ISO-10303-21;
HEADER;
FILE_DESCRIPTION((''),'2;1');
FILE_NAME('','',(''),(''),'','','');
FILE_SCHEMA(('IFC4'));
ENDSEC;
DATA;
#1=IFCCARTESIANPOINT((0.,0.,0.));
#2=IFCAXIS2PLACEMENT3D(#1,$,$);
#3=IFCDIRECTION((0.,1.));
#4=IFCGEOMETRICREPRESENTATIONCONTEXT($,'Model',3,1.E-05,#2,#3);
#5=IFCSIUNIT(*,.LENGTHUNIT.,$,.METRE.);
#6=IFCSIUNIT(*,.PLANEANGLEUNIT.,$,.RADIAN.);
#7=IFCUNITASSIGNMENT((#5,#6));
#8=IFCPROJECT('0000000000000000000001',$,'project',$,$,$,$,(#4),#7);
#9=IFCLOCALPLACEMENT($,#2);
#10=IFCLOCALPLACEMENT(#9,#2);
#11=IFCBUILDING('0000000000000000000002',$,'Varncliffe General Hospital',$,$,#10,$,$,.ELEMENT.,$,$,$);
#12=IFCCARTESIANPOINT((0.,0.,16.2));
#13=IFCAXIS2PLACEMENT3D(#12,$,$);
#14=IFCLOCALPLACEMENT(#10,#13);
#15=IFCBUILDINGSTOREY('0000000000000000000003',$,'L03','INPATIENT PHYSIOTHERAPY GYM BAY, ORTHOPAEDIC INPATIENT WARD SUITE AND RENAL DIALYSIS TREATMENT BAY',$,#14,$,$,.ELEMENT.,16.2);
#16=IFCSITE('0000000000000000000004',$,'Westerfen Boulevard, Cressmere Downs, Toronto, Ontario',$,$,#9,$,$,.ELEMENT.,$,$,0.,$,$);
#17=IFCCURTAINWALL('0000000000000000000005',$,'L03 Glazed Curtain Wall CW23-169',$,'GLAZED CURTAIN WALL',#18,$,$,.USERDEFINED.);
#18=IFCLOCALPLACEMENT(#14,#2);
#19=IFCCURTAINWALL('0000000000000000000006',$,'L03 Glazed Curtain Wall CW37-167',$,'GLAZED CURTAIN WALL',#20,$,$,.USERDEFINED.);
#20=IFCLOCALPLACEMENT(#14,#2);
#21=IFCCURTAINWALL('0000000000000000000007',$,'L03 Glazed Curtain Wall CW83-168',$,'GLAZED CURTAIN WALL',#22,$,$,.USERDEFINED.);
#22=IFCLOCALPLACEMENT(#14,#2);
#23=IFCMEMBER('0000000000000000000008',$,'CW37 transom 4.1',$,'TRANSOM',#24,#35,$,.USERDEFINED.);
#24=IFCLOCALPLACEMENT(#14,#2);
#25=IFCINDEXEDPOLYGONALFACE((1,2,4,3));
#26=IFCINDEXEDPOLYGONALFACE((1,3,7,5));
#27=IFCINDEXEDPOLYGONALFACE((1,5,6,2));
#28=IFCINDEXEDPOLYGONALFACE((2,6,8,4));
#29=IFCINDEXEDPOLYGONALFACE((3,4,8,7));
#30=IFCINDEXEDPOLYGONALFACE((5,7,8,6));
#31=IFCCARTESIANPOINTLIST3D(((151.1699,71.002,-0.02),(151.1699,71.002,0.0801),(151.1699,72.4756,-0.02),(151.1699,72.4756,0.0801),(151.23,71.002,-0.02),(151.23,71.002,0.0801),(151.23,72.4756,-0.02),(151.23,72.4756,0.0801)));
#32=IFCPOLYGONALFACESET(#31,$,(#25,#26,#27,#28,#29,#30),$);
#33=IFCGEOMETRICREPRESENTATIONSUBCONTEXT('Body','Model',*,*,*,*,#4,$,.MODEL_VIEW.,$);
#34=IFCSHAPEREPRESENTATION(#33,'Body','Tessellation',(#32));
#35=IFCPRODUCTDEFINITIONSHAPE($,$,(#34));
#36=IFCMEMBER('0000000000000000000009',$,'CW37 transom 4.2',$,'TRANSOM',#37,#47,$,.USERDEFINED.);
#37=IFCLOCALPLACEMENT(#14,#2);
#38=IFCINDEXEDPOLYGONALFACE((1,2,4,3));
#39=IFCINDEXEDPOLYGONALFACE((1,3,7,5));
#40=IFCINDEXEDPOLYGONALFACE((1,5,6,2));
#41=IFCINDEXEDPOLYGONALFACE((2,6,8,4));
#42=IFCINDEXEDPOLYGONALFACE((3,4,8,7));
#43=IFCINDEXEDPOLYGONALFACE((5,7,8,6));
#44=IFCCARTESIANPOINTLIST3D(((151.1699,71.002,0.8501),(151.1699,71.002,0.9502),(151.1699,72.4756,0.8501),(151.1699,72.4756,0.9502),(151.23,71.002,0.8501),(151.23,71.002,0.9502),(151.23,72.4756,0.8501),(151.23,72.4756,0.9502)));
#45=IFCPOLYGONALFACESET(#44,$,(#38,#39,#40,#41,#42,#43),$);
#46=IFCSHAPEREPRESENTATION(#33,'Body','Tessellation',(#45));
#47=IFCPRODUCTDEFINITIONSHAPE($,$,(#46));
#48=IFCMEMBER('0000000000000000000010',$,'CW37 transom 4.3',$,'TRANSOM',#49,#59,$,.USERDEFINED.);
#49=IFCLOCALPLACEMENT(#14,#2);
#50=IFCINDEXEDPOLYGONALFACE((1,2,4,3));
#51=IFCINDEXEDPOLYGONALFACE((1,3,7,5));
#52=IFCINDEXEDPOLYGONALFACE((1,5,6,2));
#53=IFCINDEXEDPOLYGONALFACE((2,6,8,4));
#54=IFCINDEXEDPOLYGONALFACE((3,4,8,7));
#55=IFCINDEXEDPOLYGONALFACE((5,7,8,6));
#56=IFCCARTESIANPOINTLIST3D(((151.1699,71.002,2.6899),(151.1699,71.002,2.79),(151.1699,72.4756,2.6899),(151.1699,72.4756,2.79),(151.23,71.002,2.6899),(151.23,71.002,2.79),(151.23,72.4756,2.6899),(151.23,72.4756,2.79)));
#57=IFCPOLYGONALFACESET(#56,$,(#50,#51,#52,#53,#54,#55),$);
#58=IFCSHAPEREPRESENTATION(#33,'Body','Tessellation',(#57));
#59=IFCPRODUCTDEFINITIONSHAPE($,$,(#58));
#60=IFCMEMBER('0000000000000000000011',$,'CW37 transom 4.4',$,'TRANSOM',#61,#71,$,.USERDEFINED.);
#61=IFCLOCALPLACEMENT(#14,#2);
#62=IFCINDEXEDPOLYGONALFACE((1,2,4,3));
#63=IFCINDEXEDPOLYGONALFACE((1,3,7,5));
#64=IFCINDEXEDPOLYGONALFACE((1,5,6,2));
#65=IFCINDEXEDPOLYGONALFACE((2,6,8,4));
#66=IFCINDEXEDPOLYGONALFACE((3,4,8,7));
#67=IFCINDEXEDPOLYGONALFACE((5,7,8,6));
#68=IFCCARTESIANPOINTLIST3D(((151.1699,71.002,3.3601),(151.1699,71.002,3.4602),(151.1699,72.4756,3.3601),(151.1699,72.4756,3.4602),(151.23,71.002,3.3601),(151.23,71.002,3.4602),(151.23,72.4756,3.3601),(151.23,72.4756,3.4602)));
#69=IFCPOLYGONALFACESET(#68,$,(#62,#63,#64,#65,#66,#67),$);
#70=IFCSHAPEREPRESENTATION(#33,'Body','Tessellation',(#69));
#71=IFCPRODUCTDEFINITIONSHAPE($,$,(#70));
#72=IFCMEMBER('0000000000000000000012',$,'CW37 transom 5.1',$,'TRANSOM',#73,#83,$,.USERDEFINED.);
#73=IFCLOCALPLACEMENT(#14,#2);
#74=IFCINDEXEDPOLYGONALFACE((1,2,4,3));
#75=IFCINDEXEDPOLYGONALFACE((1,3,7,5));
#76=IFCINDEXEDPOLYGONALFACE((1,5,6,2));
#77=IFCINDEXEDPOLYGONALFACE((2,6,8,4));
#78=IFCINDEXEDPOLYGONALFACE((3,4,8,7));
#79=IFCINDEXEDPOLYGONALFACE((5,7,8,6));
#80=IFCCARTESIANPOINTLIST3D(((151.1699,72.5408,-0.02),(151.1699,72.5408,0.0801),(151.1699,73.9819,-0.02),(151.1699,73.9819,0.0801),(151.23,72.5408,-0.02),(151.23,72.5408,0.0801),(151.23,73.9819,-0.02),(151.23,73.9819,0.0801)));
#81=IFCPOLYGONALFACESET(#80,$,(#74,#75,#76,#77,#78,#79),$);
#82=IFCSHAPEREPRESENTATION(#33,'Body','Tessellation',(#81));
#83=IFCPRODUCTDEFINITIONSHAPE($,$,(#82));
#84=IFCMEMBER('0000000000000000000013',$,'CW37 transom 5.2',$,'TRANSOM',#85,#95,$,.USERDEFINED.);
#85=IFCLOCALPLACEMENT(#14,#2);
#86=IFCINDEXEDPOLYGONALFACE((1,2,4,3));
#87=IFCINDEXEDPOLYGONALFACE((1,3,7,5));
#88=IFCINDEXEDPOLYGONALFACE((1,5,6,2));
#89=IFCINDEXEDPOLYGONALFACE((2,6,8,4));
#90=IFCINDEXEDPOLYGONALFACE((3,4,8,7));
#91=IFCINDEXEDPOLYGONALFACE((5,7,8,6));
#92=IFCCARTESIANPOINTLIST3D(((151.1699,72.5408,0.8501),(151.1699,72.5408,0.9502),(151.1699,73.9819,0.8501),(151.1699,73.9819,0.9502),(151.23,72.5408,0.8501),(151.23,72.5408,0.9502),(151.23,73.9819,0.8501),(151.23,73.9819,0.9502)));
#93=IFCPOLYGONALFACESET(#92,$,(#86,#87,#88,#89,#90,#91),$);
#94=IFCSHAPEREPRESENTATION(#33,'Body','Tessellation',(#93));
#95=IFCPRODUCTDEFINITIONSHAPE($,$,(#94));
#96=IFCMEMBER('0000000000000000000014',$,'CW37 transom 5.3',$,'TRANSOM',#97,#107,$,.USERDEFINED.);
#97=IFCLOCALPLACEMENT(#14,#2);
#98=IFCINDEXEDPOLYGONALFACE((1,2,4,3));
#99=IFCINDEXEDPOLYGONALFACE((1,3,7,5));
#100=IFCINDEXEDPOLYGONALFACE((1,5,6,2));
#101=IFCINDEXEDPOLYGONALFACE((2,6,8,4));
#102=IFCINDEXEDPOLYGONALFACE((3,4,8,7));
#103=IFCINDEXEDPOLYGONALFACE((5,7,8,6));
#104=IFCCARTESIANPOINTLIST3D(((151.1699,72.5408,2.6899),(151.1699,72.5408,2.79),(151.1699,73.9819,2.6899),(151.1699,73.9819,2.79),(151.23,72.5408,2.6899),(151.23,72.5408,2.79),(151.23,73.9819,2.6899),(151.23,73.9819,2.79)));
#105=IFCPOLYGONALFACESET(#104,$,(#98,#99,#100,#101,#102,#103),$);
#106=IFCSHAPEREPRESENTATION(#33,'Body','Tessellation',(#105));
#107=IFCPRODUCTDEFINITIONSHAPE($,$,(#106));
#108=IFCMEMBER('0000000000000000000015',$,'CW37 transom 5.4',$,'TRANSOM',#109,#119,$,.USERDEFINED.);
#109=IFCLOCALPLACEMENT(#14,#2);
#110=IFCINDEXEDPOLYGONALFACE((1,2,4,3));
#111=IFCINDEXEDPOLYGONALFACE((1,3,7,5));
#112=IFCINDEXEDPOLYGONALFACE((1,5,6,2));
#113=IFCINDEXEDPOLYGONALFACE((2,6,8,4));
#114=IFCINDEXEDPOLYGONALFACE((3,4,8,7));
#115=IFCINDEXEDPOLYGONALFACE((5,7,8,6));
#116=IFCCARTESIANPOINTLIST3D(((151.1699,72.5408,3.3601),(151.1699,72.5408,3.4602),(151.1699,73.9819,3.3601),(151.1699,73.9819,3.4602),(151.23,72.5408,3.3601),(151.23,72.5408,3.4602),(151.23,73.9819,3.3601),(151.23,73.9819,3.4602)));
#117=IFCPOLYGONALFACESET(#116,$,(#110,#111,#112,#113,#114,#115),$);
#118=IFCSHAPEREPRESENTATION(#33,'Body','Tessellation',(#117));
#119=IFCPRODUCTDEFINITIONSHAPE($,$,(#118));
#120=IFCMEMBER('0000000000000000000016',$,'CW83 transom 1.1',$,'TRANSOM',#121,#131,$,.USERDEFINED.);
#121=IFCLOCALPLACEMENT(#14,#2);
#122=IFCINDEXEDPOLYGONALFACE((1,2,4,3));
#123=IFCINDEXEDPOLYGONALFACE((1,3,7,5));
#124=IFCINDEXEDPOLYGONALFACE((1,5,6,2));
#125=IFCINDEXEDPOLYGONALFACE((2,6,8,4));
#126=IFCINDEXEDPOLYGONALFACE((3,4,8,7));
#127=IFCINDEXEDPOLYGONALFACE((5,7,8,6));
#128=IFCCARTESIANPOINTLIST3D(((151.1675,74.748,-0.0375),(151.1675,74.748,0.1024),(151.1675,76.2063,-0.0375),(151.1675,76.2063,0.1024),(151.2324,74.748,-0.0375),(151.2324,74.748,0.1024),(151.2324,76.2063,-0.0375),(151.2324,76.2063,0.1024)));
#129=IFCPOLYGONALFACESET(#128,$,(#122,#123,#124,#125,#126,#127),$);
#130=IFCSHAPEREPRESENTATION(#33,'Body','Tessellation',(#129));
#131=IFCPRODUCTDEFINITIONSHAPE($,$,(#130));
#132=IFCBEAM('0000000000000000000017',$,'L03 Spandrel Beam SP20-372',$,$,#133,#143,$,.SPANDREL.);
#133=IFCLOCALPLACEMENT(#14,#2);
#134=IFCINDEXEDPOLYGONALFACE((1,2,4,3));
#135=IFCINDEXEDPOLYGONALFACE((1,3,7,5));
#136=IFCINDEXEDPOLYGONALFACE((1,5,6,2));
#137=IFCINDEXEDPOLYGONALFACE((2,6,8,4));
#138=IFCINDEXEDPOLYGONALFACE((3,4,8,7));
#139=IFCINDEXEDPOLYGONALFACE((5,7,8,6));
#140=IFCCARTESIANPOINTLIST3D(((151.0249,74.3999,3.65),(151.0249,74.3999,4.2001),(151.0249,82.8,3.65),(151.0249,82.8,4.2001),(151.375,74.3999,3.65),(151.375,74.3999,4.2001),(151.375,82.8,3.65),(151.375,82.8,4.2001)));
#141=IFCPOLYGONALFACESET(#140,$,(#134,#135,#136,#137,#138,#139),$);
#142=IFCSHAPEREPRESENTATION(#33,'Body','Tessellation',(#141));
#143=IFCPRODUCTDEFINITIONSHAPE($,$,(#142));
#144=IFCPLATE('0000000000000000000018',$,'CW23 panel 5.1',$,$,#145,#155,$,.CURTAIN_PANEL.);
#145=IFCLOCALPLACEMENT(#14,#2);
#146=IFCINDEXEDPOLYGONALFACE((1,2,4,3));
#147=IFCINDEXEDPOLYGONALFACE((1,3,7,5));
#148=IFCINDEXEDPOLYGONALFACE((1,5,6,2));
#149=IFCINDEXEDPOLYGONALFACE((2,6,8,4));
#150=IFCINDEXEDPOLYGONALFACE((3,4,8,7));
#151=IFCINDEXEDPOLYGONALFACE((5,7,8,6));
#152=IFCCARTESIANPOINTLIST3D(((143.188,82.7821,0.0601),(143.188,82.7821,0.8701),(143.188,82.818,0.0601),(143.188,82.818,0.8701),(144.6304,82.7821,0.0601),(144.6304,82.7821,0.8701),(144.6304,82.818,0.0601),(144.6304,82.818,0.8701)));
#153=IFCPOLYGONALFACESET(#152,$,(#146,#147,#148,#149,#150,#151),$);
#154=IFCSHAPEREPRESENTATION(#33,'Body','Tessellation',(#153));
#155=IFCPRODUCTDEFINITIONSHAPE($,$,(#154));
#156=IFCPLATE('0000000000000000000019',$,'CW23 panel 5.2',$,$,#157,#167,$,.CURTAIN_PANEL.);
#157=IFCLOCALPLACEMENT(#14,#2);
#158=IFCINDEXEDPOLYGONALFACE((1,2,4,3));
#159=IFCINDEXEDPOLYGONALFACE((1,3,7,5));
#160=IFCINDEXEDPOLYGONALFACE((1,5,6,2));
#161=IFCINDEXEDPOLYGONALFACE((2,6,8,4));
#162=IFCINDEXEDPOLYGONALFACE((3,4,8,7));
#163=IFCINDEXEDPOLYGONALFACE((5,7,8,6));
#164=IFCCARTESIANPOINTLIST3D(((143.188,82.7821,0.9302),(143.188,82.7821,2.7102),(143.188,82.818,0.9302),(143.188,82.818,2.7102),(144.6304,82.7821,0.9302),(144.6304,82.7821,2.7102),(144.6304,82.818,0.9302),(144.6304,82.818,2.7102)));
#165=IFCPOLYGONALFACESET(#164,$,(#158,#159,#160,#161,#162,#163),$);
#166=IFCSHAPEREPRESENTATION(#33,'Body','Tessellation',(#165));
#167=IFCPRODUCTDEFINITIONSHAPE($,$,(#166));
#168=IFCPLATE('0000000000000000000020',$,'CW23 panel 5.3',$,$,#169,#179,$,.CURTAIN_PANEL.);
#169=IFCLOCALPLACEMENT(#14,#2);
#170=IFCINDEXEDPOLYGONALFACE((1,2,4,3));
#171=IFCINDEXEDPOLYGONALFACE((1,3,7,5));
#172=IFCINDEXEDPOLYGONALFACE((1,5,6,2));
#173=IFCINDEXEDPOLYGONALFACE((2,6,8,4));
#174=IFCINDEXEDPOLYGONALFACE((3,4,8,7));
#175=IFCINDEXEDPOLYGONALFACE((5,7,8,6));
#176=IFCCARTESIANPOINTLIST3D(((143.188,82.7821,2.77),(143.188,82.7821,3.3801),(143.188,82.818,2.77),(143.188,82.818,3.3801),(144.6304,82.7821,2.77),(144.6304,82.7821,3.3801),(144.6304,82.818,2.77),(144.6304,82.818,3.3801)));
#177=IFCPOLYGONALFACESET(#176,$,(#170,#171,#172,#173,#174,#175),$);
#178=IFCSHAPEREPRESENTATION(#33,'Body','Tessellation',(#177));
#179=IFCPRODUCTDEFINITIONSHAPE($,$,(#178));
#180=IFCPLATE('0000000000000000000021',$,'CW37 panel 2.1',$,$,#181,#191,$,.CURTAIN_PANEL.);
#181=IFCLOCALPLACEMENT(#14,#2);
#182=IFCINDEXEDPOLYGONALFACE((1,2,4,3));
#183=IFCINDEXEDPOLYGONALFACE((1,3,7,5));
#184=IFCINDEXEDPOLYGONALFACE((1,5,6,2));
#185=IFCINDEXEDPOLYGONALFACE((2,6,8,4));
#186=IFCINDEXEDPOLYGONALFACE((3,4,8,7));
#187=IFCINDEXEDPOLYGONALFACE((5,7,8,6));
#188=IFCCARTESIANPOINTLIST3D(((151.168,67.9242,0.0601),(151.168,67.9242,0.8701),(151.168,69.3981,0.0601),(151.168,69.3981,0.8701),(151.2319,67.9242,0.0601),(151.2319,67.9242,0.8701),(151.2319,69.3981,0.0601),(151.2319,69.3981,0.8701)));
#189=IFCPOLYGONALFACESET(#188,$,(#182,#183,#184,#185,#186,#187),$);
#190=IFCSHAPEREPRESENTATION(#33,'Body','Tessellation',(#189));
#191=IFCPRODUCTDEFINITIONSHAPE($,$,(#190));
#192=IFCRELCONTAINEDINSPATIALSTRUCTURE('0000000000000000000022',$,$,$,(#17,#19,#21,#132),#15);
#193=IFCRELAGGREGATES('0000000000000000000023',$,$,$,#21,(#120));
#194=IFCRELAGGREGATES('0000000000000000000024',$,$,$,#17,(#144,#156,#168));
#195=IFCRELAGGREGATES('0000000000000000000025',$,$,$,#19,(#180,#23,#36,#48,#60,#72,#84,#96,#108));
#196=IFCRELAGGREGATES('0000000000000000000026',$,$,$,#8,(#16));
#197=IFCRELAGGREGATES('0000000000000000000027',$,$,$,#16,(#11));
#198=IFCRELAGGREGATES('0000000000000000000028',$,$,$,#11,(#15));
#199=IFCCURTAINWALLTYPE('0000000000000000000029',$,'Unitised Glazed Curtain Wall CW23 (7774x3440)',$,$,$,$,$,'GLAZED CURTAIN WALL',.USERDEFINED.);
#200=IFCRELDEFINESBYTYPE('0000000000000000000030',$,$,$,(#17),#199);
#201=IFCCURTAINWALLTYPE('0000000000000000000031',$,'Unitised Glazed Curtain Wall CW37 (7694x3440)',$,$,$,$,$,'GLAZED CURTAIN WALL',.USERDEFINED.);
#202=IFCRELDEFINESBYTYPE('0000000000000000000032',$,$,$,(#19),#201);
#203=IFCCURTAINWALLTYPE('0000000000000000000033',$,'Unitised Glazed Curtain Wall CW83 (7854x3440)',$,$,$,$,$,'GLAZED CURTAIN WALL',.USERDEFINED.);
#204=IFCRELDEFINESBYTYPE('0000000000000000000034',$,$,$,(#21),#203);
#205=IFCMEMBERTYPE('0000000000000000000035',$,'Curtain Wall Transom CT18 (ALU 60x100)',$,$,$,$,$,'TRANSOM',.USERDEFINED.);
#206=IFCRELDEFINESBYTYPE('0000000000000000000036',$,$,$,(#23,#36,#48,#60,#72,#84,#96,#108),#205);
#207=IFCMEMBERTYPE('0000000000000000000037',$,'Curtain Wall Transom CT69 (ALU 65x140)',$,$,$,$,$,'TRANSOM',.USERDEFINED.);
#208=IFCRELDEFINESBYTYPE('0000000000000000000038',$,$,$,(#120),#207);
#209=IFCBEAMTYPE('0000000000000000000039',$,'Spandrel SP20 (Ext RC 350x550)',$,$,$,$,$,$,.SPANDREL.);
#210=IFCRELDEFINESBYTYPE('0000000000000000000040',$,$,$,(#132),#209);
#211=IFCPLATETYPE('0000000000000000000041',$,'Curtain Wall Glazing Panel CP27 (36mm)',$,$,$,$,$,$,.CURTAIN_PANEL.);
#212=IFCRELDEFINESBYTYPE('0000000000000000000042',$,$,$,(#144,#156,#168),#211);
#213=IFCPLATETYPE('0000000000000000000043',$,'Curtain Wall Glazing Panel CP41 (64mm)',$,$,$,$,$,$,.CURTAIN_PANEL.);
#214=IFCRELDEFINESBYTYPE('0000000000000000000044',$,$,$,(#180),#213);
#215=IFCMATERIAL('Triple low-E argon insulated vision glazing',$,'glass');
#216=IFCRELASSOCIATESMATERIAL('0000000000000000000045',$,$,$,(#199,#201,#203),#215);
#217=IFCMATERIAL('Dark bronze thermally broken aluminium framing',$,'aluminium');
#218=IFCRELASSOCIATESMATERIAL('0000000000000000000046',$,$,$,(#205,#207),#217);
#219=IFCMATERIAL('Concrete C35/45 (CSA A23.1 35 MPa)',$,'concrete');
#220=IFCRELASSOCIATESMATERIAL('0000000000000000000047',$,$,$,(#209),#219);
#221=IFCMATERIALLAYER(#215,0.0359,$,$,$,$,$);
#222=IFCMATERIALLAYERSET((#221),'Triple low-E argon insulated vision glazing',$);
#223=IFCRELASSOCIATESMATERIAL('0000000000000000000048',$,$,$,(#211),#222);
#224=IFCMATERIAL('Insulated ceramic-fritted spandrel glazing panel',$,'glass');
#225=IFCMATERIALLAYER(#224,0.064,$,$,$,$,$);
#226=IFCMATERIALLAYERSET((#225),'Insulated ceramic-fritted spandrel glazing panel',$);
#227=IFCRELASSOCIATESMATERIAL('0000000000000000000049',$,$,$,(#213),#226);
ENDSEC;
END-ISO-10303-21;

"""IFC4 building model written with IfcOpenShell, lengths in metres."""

from ifc_helpers import new_model, si_unit, direction, frame, origin, origin_2d, place, context, subcontext, project, spatial, rectangle, extrude, material, layer, layer_set, material_profile, profile_set, type_object, element, aggregate, save


model = new_model("IFC4")

# Units and contexts
model_context = context("Model", 3, precision=1e-05, world=origin(), true_north=direction((0.0, 1.0)))
body_context = subcontext(model_context, "Body", "Model", "MODEL_VIEW")
ifc_project = project(units=[si_unit("LENGTHUNIT", "METRE"), si_unit("PLANEANGLEUNIT", "RADIAN")], contexts=[model_context])

# Site, building, storey
site_placement = place(None, origin())
site = spatial("IfcSite", under=ifc_project, at=site_placement, Name="Westerfen Boulevard, Cressmere Downs, Toronto, Ontario", CompositionType="ELEMENT", RefElevation=0.0)
building_placement = place(site_placement, origin())
building = spatial("IfcBuilding", under=site, at=building_placement, Name="Varncliffe General Hospital", CompositionType="ELEMENT")
storey_placement = place(building_placement, frame((0.0, 0.0, 16.2)))
storey = spatial("IfcBuildingStorey", under=building, at=storey_placement, Name="L03", Description="INPATIENT PHYSIOTHERAPY GYM BAY, ORTHOPAEDIC INPATIENT WARD SUITE AND RENAL DIALYSIS TREATMENT BAY", CompositionType="ELEMENT", Elevation=16.2)

# Shared definitions
ifc_material_1 = material(Name="Concrete C35/45 (CSA A23.1 35 MPa)", Category="concrete")

# Curtain wall
ifc_material_2 = material(Name="Triple low-E argon insulated vision glazing", Category="glass")
curtain_wall_type_1 = type_object("IfcCurtainWallType", Name="Unitised Glazed Curtain Wall CW23 (7774x3440)", ElementType="GLAZED CURTAIN WALL", PredefinedType="USERDEFINED", material=ifc_material_2)
curtain_wall_1_placement = place(storey_placement, origin())
curtain_wall_1 = element("IfcCurtainWall", 1, at=curtain_wall_1_placement, inside=storey, type_object=curtain_wall_type_1, Name="L03 Glazed Curtain Wall CW23-169", ObjectType="GLAZED CURTAIN WALL", PredefinedType="USERDEFINED")
ifc_material_3 = material(Name="Dark bronze thermally broken aluminium framing", Category="aluminium")

# Curtain wall
curtain_wall_type_2 = type_object("IfcCurtainWallType", Name="Unitised Glazed Curtain Wall CW37 (7694x3440)", ElementType="GLAZED CURTAIN WALL", PredefinedType="USERDEFINED", material=ifc_material_2)
curtain_wall_2_placement = place(storey_placement, origin())
curtain_wall_2 = element("IfcCurtainWall", 2, at=curtain_wall_2_placement, inside=storey, type_object=curtain_wall_type_2, Name="L03 Glazed Curtain Wall CW37-167", ObjectType="GLAZED CURTAIN WALL", PredefinedType="USERDEFINED")

# Curtain wall
curtain_wall_type_3 = type_object("IfcCurtainWallType", Name="Unitised Glazed Curtain Wall CW83 (7854x3440)", ElementType="GLAZED CURTAIN WALL", PredefinedType="USERDEFINED", material=ifc_material_2)
curtain_wall_3_placement = place(storey_placement, origin())
curtain_wall_3 = element("IfcCurtainWall", 3, at=curtain_wall_3_placement, inside=storey, type_object=curtain_wall_type_3, Name="L03 Glazed Curtain Wall CW83-168", ObjectType="GLAZED CURTAIN WALL", PredefinedType="USERDEFINED")

# Members
ifc_material_profile_1 = material_profile(ifc_material_3, rectangle(XDim=0.0601, YDim=0.1001, at=origin_2d()), Name="ALU 60x100")
ifc_profile_set_1 = profile_set([ifc_material_profile_1], Name="Dark bronze thermally broken aluminium framing")
member_type_1 = type_object("IfcMemberType", Name="Curtain Wall Transom CT18 (ALU 60x100)", ElementType="TRANSOM", PredefinedType="USERDEFINED", material=ifc_profile_set_1)
member_1_placement = place(storey_placement, frame((151.2, 71.002, 0.03), z_axis=(0.0, 1.0, 0.0), x_axis=(-1.0, 0.0, 0.0)))
member_1 = element("IfcMember", 4, at=member_1_placement, type_object=member_type_1, Name="CW37 transom 4.1", ObjectType="TRANSOM", PredefinedType="USERDEFINED", context=body_context, shape_type="SweptSolid", body=[
    extrude(rectangle(XDim=0.0601, YDim=0.1001, at=origin_2d()), origin(), (0.0, 0.0, 1.0), 1.4736),
])
member_2_placement = place(storey_placement, frame((151.2, 71.002, 0.9001), z_axis=(0.0, 1.0, 0.0), x_axis=(-1.0, 0.0, 0.0)))
member_2 = element("IfcMember", 5, at=member_2_placement, type_object=member_type_1, Name="CW37 transom 4.2", ObjectType="TRANSOM", PredefinedType="USERDEFINED", context=body_context, shape_type="SweptSolid", body=[
    extrude(rectangle(XDim=0.0601, YDim=0.1001, at=origin_2d()), origin(), (0.0, 0.0, 1.0), 1.4736),
])
member_3_placement = place(storey_placement, frame((151.2, 71.002, 2.74), z_axis=(0.0, 1.0, 0.0), x_axis=(-1.0, 0.0, 0.0)))
member_3 = element("IfcMember", 6, at=member_3_placement, type_object=member_type_1, Name="CW37 transom 4.3", ObjectType="TRANSOM", PredefinedType="USERDEFINED", context=body_context, shape_type="SweptSolid", body=[
    extrude(rectangle(XDim=0.0601, YDim=0.1001, at=origin_2d()), origin(), (0.0, 0.0, 1.0), 1.4736),
])
member_4_placement = place(storey_placement, frame((151.2, 71.002, 3.4102), z_axis=(0.0, 1.0, 0.0), x_axis=(-1.0, 0.0, 0.0)))
member_4 = element("IfcMember", 7, at=member_4_placement, type_object=member_type_1, Name="CW37 transom 4.4", ObjectType="TRANSOM", PredefinedType="USERDEFINED", context=body_context, shape_type="SweptSolid", body=[
    extrude(rectangle(XDim=0.0601, YDim=0.1001, at=origin_2d()), origin(), (0.0, 0.0, 1.0), 1.4736),
])
member_5_placement = place(storey_placement, frame((151.2, 72.5408, 0.03), z_axis=(0.0, 1.0, 0.0), x_axis=(-1.0, 0.0, 0.0)))
member_5 = element("IfcMember", 8, at=member_5_placement, type_object=member_type_1, Name="CW37 transom 5.1", ObjectType="TRANSOM", PredefinedType="USERDEFINED", context=body_context, shape_type="SweptSolid", body=[
    extrude(rectangle(XDim=0.0601, YDim=0.1001, at=origin_2d()), origin(), (0.0, 0.0, 1.0), 1.4412),
])
member_6_placement = place(storey_placement, frame((151.2, 72.5408, 0.9001), z_axis=(0.0, 1.0, 0.0), x_axis=(-1.0, 0.0, 0.0)))
member_6 = element("IfcMember", 9, at=member_6_placement, type_object=member_type_1, Name="CW37 transom 5.2", ObjectType="TRANSOM", PredefinedType="USERDEFINED", context=body_context, shape_type="SweptSolid", body=[
    extrude(rectangle(XDim=0.0601, YDim=0.1001, at=origin_2d()), origin(), (0.0, 0.0, 1.0), 1.4412),
])
member_7_placement = place(storey_placement, frame((151.2, 72.5408, 2.74), z_axis=(0.0, 1.0, 0.0), x_axis=(-1.0, 0.0, 0.0)))
member_7 = element("IfcMember", 10, at=member_7_placement, type_object=member_type_1, Name="CW37 transom 5.3", ObjectType="TRANSOM", PredefinedType="USERDEFINED", context=body_context, shape_type="SweptSolid", body=[
    extrude(rectangle(XDim=0.0601, YDim=0.1001, at=origin_2d()), origin(), (0.0, 0.0, 1.0), 1.4412),
])
member_8_placement = place(storey_placement, frame((151.2, 72.5408, 3.4102), z_axis=(0.0, 1.0, 0.0), x_axis=(-1.0, 0.0, 0.0)))
member_8 = element("IfcMember", 11, at=member_8_placement, type_object=member_type_1, Name="CW37 transom 5.4", ObjectType="TRANSOM", PredefinedType="USERDEFINED", context=body_context, shape_type="SweptSolid", body=[
    extrude(rectangle(XDim=0.0601, YDim=0.1001, at=origin_2d()), origin(), (0.0, 0.0, 1.0), 1.4412),
])
ifc_material_profile_2 = material_profile(ifc_material_3, rectangle(XDim=0.0649, YDim=0.1399, at=origin_2d()), Name="ALU 65x140")
ifc_profile_set_2 = profile_set([ifc_material_profile_2], Name="Dark bronze thermally broken aluminium framing")
member_type_2 = type_object("IfcMemberType", Name="Curtain Wall Transom CT69 (ALU 65x140)", ElementType="TRANSOM", PredefinedType="USERDEFINED", material=ifc_profile_set_2)
member_9_placement = place(storey_placement, frame((151.2, 74.748, 0.0325), z_axis=(0.0, 1.0, 0.0), x_axis=(-1.0, 0.0, 0.0)))
member_9 = element("IfcMember", 12, at=member_9_placement, type_object=member_type_2, Name="CW83 transom 1.1", ObjectType="TRANSOM", PredefinedType="USERDEFINED", context=body_context, shape_type="SweptSolid", body=[
    extrude(rectangle(XDim=0.0649, YDim=0.1399, at=origin_2d()), origin(), (0.0, 0.0, 1.0), 1.4583),
])
aggregate(curtain_wall_3, [member_9])

# Beam
ifc_material_profile_3 = material_profile(ifc_material_1, rectangle(XDim=0.3501, YDim=0.55, at=origin_2d()), Name="RC 350x550")
ifc_profile_set_3 = profile_set([ifc_material_profile_3], Name="Concrete C35/45 (CSA A23.1 35 MPa)")
beam_type_1 = type_object("IfcBeamType", Name="Spandrel SP20 (Ext RC 350x550)", PredefinedType="SPANDREL", material=ifc_profile_set_3)
beam_1_placement = place(storey_placement, frame((151.2, 74.3999, 3.925), z_axis=(0.0, 1.0, 0.0), x_axis=(-1.0, 0.0, 0.0)))
element("IfcBeam", 13, at=beam_1_placement, inside=storey, type_object=beam_type_1, Name="L03 Spandrel Beam SP20-372", PredefinedType="SPANDREL", context=body_context, shape_type="SweptSolid", body=[
    extrude(rectangle(XDim=0.3501, YDim=0.55, at=origin_2d()), origin(), (0.0, 0.0, 1.0), 8.4001),
])

# Plates
ifc_layer_1 = layer(ifc_material_2, 0.0359)
ifc_layer_set_1 = layer_set([ifc_layer_1], Name="Triple low-E argon insulated vision glazing")
plate_type_1 = type_object("IfcPlateType", Name="Curtain Wall Glazing Panel CP27 (36mm)", PredefinedType="CURTAIN_PANEL", material=ifc_layer_set_1)
plate_1_placement = place(storey_placement, frame((143.9092, 82.8, 0.0601), z_axis=(0.0, 0.0, 1.0), x_axis=(-1.0, 0.0, 0.0)))
plate_1 = element("IfcPlate", 14, at=plate_1_placement, type_object=plate_type_1, Name="CW23 panel 5.1", PredefinedType="CURTAIN_PANEL", context=body_context, shape_type="SweptSolid", body=[
    extrude(rectangle(XDim=1.4424, YDim=0.0359, at=origin_2d()), origin(), (0.0, 0.0, 1.0), 0.8101),
])
plate_2_placement = place(storey_placement, frame((143.9092, 82.8, 0.9302), z_axis=(0.0, 0.0, 1.0), x_axis=(-1.0, 0.0, 0.0)))
plate_2 = element("IfcPlate", 15, at=plate_2_placement, type_object=plate_type_1, Name="CW23 panel 5.2", PredefinedType="CURTAIN_PANEL", context=body_context, shape_type="SweptSolid", body=[
    extrude(rectangle(XDim=1.4424, YDim=0.0359, at=origin_2d()), origin(), (0.0, 0.0, 1.0), 1.78),
])
plate_3_placement = place(storey_placement, frame((143.9092, 82.8, 2.77), z_axis=(0.0, 0.0, 1.0), x_axis=(-1.0, 0.0, 0.0)))
plate_3 = element("IfcPlate", 16, at=plate_3_placement, type_object=plate_type_1, Name="CW23 panel 5.3", PredefinedType="CURTAIN_PANEL", context=body_context, shape_type="SweptSolid", body=[
    extrude(rectangle(XDim=1.4424, YDim=0.0359, at=origin_2d()), origin(), (0.0, 0.0, 1.0), 0.6101),
])
aggregate(curtain_wall_1, [plate_1, plate_2, plate_3])
ifc_material_4 = material(Name="Insulated ceramic-fritted spandrel glazing panel", Category="glass")
ifc_layer_2 = layer(ifc_material_4, 0.064)
ifc_layer_set_2 = layer_set([ifc_layer_2], Name="Insulated ceramic-fritted spandrel glazing panel")
plate_type_2 = type_object("IfcPlateType", Name="Curtain Wall Glazing Panel CP41 (64mm)", PredefinedType="CURTAIN_PANEL", material=ifc_layer_set_2)
plate_4_placement = place(storey_placement, frame((151.2, 68.6611, 0.0601), z_axis=(0.0, 0.0, 1.0), x_axis=(0.0, 1.0, 0.0)))
plate_4 = element("IfcPlate", 17, at=plate_4_placement, type_object=plate_type_2, Name="CW37 panel 2.1", PredefinedType="CURTAIN_PANEL", context=body_context, shape_type="SweptSolid", body=[
    extrude(rectangle(XDim=1.4739, YDim=0.064, at=origin_2d()), origin(), (0.0, 0.0, 1.0), 0.8101),
])
aggregate(curtain_wall_2, [plate_4, member_1, member_2, member_3, member_4, member_5, member_6, member_7, member_8])

save(model, "model.ifc")
